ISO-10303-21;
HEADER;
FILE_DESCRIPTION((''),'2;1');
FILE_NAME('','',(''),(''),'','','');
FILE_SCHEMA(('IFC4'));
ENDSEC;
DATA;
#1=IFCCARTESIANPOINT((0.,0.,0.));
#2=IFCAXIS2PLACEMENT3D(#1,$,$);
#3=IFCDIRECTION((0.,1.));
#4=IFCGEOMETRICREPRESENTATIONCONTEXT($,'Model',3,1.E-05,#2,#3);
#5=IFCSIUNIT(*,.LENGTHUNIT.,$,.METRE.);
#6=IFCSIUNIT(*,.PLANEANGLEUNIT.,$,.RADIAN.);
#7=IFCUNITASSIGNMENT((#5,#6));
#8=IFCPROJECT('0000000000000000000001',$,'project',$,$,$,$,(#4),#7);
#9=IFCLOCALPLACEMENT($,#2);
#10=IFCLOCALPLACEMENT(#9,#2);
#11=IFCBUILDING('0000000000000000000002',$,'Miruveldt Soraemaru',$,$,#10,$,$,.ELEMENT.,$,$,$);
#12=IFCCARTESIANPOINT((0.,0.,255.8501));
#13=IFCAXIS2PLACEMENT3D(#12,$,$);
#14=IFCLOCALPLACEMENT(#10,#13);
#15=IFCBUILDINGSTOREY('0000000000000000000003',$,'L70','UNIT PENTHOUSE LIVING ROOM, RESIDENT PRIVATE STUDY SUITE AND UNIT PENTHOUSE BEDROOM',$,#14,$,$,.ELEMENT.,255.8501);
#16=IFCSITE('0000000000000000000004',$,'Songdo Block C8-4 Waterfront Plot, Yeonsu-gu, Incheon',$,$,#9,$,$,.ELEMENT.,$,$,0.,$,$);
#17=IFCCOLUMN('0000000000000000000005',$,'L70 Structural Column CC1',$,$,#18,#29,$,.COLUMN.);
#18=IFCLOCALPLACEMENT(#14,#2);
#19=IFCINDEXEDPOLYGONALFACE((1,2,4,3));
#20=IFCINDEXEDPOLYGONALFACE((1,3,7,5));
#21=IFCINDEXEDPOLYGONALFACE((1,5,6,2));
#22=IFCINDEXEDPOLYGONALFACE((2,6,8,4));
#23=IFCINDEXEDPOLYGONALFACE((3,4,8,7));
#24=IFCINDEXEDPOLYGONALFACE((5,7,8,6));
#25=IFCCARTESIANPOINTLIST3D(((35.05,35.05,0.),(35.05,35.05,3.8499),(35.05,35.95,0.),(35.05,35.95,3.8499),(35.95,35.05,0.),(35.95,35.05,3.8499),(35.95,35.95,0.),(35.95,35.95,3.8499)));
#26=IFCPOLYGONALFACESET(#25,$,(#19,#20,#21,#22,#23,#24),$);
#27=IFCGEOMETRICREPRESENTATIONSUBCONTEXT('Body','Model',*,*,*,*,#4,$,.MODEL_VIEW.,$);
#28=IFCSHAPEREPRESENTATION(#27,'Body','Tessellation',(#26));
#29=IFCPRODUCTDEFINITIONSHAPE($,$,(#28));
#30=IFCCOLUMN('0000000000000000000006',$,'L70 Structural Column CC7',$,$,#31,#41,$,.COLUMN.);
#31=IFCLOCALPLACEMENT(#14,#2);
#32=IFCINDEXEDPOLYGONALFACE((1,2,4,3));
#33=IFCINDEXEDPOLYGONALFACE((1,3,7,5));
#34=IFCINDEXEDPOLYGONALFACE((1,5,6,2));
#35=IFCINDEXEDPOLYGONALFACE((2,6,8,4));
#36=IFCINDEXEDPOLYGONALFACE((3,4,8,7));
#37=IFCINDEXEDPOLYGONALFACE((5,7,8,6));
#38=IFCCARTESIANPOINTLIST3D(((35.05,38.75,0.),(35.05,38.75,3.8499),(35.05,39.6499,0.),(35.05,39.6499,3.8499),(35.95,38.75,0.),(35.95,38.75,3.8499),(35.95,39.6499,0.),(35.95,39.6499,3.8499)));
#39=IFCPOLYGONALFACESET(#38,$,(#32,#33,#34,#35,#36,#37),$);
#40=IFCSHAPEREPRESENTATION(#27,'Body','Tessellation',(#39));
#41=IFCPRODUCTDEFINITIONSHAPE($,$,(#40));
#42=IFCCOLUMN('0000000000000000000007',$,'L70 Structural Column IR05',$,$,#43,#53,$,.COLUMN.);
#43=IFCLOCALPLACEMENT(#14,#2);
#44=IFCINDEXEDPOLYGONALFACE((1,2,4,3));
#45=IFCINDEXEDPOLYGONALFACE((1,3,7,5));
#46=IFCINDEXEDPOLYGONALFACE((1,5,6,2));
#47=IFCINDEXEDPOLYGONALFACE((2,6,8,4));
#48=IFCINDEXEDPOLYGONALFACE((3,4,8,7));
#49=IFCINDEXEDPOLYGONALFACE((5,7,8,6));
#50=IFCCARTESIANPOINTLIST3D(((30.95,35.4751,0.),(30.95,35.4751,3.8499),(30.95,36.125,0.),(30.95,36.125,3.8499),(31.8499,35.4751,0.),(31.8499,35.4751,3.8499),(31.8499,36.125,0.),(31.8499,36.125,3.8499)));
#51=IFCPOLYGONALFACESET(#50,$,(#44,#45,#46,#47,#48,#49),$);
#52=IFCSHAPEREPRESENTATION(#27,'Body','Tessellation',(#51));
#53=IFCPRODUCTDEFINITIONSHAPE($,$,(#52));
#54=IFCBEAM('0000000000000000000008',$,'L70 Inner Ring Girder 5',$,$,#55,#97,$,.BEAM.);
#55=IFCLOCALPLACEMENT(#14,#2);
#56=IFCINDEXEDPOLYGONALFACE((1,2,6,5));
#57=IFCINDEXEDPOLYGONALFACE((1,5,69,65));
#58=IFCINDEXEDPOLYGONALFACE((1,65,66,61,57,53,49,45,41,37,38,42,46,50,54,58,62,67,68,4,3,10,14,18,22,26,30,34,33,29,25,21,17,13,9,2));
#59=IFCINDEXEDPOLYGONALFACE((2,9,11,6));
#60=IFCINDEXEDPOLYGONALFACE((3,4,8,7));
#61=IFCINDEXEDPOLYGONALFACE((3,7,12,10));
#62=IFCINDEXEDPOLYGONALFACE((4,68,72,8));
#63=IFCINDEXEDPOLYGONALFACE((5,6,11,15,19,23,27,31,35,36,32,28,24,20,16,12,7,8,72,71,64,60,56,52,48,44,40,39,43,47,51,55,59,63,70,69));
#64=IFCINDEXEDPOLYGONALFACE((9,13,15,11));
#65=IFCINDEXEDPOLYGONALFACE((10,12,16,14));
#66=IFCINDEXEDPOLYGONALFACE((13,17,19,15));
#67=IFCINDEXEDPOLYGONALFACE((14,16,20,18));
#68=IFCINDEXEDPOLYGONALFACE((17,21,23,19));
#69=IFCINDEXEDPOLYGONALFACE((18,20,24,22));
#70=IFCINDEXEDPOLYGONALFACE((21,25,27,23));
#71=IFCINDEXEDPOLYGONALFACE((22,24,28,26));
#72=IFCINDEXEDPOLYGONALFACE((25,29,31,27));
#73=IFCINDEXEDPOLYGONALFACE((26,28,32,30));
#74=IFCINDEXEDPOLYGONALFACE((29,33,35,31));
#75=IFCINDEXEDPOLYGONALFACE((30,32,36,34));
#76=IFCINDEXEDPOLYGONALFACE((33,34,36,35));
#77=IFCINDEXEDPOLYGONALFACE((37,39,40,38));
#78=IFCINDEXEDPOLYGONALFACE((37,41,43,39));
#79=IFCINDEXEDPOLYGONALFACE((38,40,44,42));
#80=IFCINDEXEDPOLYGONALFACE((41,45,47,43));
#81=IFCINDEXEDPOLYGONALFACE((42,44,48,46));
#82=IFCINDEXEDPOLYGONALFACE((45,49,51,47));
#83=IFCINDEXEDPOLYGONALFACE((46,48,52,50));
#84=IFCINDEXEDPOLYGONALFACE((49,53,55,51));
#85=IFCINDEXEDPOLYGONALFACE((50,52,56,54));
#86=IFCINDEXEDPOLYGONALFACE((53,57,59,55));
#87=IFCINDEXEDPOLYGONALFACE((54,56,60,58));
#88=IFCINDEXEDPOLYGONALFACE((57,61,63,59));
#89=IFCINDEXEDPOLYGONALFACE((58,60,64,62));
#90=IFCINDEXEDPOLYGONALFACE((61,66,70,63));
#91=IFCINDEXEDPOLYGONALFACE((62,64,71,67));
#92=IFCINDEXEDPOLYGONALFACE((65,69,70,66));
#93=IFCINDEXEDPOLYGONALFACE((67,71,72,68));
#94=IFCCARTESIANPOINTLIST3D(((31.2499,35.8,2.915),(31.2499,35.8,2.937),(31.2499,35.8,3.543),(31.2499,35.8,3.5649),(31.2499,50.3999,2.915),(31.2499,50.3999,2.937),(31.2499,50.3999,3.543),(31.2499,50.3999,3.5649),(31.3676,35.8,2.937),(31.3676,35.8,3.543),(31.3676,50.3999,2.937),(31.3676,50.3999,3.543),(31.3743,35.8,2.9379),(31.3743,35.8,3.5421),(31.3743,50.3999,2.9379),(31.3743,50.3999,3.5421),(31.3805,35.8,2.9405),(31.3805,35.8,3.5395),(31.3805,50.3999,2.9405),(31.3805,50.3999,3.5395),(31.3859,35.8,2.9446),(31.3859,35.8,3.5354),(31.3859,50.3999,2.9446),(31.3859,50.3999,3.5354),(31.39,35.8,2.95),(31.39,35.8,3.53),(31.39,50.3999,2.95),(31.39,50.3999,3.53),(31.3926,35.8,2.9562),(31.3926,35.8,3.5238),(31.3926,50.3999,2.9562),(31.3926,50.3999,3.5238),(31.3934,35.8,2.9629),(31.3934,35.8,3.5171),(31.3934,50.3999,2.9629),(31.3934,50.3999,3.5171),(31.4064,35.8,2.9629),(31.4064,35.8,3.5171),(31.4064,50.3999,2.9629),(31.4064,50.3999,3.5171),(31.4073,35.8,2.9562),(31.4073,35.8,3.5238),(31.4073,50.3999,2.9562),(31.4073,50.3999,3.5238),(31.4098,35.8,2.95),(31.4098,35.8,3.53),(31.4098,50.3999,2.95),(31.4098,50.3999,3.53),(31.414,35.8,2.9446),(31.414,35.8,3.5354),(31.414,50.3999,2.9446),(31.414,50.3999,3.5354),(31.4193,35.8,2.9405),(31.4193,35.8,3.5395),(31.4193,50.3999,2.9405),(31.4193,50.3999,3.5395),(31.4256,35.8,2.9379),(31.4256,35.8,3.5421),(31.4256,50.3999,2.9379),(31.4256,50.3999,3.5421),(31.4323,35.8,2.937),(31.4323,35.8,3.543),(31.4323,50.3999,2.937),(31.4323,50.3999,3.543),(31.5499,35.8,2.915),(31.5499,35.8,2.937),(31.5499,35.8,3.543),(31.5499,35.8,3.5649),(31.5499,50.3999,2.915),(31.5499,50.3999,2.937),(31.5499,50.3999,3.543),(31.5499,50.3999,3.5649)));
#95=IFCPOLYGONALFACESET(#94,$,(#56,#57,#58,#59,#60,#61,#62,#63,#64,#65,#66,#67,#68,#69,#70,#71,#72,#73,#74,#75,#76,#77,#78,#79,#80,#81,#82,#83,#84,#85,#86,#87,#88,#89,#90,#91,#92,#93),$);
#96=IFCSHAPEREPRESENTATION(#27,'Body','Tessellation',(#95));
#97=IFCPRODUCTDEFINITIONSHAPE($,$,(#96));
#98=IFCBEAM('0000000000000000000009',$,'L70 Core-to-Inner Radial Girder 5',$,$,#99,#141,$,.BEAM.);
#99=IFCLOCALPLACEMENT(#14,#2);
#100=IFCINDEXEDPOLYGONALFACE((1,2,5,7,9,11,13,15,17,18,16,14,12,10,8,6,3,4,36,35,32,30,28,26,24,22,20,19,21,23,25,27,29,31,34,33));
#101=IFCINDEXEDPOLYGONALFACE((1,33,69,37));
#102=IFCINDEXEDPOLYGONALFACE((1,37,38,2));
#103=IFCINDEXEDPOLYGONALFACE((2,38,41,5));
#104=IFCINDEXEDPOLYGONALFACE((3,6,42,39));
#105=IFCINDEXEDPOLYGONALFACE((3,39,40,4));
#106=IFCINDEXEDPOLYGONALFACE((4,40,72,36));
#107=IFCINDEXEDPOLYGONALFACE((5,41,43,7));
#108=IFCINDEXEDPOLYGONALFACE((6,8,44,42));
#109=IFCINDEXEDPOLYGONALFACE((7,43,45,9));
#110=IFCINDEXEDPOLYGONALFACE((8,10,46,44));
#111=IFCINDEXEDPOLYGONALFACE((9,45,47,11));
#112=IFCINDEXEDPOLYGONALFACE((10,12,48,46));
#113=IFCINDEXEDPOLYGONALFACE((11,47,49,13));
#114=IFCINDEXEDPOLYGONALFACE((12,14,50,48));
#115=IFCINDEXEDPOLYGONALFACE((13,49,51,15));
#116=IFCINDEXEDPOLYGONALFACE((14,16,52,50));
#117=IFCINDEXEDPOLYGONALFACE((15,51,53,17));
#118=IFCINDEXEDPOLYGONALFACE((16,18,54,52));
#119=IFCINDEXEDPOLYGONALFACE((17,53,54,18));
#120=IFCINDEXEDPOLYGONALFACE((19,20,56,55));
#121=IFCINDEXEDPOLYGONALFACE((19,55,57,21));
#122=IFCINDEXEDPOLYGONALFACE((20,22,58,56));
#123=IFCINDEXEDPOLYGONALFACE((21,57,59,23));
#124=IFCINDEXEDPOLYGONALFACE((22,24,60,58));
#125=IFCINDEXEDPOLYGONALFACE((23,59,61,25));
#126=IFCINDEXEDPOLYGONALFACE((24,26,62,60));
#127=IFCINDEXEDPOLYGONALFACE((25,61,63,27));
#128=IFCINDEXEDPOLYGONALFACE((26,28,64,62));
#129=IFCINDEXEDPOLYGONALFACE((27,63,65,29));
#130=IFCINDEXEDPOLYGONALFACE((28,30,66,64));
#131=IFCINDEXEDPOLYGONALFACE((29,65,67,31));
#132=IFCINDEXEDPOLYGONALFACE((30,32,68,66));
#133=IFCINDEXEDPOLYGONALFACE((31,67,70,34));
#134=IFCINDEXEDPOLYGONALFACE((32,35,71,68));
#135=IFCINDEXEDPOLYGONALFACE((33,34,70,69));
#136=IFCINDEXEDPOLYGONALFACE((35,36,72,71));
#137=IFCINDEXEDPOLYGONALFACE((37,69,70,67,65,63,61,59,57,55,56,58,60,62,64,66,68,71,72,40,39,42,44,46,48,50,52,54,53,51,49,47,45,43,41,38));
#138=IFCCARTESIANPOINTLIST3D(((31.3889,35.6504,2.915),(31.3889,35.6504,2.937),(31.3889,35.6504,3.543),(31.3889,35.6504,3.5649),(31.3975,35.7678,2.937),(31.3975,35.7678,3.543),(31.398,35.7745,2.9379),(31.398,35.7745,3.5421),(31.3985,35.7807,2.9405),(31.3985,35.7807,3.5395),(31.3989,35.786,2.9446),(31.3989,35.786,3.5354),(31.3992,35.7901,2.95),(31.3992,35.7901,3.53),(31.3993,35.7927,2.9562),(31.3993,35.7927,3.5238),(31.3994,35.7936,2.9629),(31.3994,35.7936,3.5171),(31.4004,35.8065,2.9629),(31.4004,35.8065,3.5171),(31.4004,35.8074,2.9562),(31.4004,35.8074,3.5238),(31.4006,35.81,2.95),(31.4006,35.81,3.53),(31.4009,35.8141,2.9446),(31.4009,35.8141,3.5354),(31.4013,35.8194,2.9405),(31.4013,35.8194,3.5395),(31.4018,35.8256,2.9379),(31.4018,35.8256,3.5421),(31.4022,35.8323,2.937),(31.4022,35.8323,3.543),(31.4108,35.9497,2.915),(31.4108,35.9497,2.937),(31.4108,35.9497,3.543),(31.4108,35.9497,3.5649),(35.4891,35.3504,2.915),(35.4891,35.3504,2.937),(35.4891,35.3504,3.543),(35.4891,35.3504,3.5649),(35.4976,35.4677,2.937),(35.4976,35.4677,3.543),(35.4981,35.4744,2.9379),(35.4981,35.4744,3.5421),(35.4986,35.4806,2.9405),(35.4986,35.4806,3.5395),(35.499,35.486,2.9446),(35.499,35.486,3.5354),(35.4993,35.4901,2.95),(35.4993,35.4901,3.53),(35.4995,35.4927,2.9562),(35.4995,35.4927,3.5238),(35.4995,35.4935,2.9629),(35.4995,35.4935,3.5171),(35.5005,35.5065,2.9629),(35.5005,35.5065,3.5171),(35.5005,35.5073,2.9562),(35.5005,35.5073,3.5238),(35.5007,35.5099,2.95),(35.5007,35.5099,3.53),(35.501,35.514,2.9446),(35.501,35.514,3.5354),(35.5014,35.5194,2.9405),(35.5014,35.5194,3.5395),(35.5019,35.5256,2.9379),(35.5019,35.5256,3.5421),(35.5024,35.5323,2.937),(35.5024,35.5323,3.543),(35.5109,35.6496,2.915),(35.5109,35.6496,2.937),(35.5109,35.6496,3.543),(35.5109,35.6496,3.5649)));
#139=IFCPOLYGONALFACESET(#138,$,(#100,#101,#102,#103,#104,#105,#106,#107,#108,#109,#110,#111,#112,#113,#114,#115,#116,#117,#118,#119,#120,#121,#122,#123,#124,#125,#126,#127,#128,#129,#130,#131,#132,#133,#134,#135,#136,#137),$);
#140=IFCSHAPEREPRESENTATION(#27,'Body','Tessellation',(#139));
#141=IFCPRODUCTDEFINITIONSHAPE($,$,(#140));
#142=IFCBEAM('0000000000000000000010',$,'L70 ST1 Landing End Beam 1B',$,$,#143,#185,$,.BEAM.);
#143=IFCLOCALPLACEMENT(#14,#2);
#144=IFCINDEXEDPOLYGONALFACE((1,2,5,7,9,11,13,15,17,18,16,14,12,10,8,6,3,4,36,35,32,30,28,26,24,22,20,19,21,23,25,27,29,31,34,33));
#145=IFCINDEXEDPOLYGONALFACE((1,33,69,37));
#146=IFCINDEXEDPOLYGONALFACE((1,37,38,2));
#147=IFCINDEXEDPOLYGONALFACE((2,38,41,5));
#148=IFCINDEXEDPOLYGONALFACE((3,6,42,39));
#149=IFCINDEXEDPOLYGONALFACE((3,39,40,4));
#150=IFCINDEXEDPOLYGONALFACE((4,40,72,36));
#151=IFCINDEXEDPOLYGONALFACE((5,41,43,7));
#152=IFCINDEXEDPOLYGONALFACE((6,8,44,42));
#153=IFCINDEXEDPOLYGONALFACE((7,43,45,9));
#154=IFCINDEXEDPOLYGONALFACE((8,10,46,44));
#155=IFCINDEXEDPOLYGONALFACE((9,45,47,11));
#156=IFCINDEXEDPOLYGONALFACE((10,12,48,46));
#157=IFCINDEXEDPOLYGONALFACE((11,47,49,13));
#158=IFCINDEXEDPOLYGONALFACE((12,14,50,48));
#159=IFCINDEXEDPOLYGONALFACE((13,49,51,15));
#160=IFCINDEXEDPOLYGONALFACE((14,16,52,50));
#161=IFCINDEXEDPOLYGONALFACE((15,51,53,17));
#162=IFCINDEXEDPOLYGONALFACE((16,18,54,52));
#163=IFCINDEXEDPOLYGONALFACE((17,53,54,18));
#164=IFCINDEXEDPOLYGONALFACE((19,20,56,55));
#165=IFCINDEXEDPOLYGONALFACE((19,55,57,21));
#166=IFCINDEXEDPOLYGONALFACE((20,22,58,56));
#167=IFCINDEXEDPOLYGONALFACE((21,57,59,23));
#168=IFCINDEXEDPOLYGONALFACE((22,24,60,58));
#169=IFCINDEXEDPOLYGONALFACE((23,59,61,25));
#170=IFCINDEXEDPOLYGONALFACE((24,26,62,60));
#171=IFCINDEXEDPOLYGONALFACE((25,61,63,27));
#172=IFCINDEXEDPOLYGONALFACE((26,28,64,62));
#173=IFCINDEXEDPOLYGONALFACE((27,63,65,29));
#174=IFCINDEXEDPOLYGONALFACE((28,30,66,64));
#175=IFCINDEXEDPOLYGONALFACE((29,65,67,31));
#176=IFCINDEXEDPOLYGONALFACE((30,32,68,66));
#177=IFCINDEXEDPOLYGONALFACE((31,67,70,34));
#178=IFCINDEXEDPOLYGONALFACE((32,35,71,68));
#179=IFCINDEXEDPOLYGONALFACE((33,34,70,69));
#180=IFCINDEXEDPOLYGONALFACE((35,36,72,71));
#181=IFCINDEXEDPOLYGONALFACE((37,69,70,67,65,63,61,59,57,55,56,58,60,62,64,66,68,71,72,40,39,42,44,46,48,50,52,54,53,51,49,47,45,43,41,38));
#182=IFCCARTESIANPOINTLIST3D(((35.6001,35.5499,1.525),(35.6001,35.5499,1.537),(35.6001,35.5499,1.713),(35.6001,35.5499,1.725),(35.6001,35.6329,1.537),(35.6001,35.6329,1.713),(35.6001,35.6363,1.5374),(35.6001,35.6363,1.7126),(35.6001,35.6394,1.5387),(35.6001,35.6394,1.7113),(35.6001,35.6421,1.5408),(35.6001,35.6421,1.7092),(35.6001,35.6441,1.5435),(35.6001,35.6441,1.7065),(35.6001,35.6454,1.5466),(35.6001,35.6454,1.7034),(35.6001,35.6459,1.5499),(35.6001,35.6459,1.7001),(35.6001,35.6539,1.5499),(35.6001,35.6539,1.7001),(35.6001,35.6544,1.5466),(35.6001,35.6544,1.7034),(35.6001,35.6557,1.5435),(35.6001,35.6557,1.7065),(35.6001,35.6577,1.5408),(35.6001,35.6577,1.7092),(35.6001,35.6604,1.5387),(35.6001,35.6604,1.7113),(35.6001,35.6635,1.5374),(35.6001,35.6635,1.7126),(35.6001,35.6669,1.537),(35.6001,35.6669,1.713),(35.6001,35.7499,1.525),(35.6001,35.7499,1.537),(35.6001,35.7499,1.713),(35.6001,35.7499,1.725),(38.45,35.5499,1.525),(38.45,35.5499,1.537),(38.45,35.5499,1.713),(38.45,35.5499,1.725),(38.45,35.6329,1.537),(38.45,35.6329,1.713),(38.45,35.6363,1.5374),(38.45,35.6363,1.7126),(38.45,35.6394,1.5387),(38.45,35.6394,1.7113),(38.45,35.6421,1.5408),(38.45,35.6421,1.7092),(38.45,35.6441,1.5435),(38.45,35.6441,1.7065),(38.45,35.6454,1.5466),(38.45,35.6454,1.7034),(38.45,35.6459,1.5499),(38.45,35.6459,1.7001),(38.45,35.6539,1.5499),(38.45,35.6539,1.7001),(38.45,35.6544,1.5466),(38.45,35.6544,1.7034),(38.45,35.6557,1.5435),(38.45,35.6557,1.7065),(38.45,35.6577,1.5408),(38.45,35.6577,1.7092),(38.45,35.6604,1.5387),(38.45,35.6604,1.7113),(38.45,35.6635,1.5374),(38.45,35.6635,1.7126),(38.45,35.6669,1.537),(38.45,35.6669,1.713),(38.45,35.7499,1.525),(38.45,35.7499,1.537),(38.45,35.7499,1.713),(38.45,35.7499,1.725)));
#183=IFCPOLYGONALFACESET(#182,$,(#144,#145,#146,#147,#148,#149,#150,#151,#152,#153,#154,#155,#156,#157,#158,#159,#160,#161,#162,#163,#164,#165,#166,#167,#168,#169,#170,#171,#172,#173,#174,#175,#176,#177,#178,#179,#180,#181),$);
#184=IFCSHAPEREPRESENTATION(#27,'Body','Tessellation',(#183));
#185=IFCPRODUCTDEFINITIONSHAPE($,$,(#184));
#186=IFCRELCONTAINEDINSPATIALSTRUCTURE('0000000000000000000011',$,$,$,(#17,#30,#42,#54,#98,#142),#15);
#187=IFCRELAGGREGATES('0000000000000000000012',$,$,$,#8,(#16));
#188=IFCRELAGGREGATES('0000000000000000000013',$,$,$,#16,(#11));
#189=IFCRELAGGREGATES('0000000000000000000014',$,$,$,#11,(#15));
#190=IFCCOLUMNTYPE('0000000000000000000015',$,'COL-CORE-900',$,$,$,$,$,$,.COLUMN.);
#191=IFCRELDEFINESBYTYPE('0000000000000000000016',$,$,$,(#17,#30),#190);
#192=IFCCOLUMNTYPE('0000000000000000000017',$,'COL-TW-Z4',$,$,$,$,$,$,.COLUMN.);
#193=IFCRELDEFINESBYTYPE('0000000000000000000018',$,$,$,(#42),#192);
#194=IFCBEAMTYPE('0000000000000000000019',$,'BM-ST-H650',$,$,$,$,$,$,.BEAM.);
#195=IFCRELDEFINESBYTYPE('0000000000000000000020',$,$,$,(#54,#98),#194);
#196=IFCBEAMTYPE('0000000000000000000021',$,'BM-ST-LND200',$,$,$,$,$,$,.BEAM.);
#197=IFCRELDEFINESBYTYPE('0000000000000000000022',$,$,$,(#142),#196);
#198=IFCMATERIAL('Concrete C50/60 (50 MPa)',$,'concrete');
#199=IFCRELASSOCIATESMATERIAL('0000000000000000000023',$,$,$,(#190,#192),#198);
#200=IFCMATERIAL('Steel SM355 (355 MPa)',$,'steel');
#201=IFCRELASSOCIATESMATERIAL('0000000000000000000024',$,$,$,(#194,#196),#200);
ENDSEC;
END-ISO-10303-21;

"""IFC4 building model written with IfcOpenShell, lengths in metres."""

from ifc_helpers import new_model, si_unit, direction, frame, origin, origin_2d, place, context, subcontext, project, spatial, rectangle, i_section, extrude, material, material_profile, profile_set, type_object, element, save


model = new_model("IFC4")

# Units and contexts
model_context = context("Model", 3, precision=1e-05, world=origin(), true_north=direction((0.0, 1.0)))
body_context = subcontext(model_context, "Body", "Model", "MODEL_VIEW")
ifc_project = project(units=[si_unit("LENGTHUNIT", "METRE"), si_unit("PLANEANGLEUNIT", "RADIAN")], contexts=[model_context])

# Site, building, storey
site_placement = place(None, origin())
site = spatial("IfcSite", under=ifc_project, at=site_placement, Name="Songdo Block C8-4 Waterfront Plot, Yeonsu-gu, Incheon", CompositionType="ELEMENT", RefElevation=0.0)
building_placement = place(site_placement, origin())
building = spatial("IfcBuilding", under=site, at=building_placement, Name="Miruveldt Soraemaru", CompositionType="ELEMENT")
storey_placement = place(building_placement, frame((0.0, 0.0, 255.8501)))
storey = spatial("IfcBuildingStorey", under=building, at=storey_placement, Name="L70", Description="UNIT PENTHOUSE LIVING ROOM, RESIDENT PRIVATE STUDY SUITE AND UNIT PENTHOUSE BEDROOM", CompositionType="ELEMENT", Elevation=255.8501)

# Columns
ifc_material_1 = material(Name="Concrete C50/60 (50 MPa)", Category="concrete")
ifc_material_profile_1 = material_profile(ifc_material_1, rectangle(XDim=0.8999, YDim=0.8999, at=origin_2d()), Name="Concrete C50/60 (50 MPa)", Category="concrete")
ifc_profile_set_1 = profile_set([ifc_material_profile_1], Name="Concrete C50/60 (50 MPa)")
column_type_1 = type_object("IfcColumnType", Name="COL-CORE-900", PredefinedType="COLUMN", material=ifc_profile_set_1)
for number, where, z_axis, x_axis, name in (
    (1, (35.5, 35.5, 0.0), (0.0, 0.0, 1.0), (1.0, 0.0, 0.0), "L70 Structural Column CC1"),
    (2, (35.5, 39.2, 0.0), (0.0, 0.0, 1.0), (1.0, 0.0, 0.0), "L70 Structural Column CC7"),
):
    element("IfcColumn", number, at=place(storey_placement, frame(where, z_axis=z_axis, x_axis=x_axis)), inside=storey, type_object=column_type_1, Name=name, PredefinedType="COLUMN", context=body_context, shape_type="SweptSolid", body=[
        extrude(rectangle(XDim=0.8999, YDim=0.8999, at=origin_2d()), origin(), (0.0, 0.0, 1.0), 3.8499),
    ])
ifc_material_profile_2 = material_profile(ifc_material_1, rectangle(XDim=0.8999, YDim=0.6499, at=origin_2d()), Name="Concrete C50/60 (50 MPa)", Category="concrete")
ifc_profile_set_2 = profile_set([ifc_material_profile_2], Name="Concrete C50/60 (50 MPa)")
column_type_2 = type_object("IfcColumnType", Name="COL-TW-Z4", PredefinedType="COLUMN", material=ifc_profile_set_2)
column_placement = place(storey_placement, frame((31.3999, 35.8, 0.0), z_axis=(0.0, 0.0, 1.0), x_axis=(1.0, 0.0, 0.0)))
element("IfcColumn", 3, at=column_placement, inside=storey, type_object=column_type_2, Name="L70 Structural Column IR05", PredefinedType="COLUMN", context=body_context, shape_type="SweptSolid", body=[
    extrude(rectangle(XDim=0.8999, YDim=0.6499, at=origin_2d()), origin(), (0.0, 0.0, 1.0), 3.8499),
])

# Beams
ifc_material_2 = material(Name="Steel SM355 (355 MPa)", Category="steel")
ifc_material_profile_3 = material_profile(ifc_material_2, i_section(OverallWidth=0.3, OverallDepth=0.6499, WebThickness=0.0129, FlangeThickness=0.022, FilletRadius=0.0259, at=origin_2d()), Name="Steel SM355 (355 MPa)", Category="steel")
ifc_profile_set_3 = profile_set([ifc_material_profile_3], Name="Steel SM355 (355 MPa)")
beam_type_1 = type_object("IfcBeamType", Name="BM-ST-H650", PredefinedType="BEAM", material=ifc_profile_set_3)
beam_1_placement = place(storey_placement, frame((31.3999, 35.8, 3.24), z_axis=(0.0, 1.0, 0.0), x_axis=(-1.0, 0.0, 0.0)))
element("IfcBeam", 4, at=beam_1_placement, inside=storey, type_object=beam_type_1, Name="L70 Inner Ring Girder 5", PredefinedType="BEAM", context=body_context, shape_type="SweptSolid", body=[
    extrude(i_section(OverallWidth=0.3, OverallDepth=0.6499, WebThickness=0.0129, FlangeThickness=0.022, FilletRadius=0.0259, at=origin_2d()), origin(), (0.0, 0.0, 1.0), 14.5999),
])
beam_2_placement = place(storey_placement, frame((35.5, 35.5, 3.24), z_axis=(-0.997333, 0.072986, 0.0), x_axis=(-0.072986, -0.997333, 0.0)))
element("IfcBeam", 5, at=beam_2_placement, inside=storey, type_object=beam_type_1, Name="L70 Core-to-Inner Radial Girder 5", PredefinedType="BEAM", context=body_context, shape_type="SweptSolid", body=[
    extrude(i_section(OverallWidth=0.3, OverallDepth=0.6499, WebThickness=0.0129, FlangeThickness=0.022, FilletRadius=0.0259, at=origin_2d()), origin(), (0.0, 0.0, 1.0), 4.1111),
])
ifc_material_profile_4 = material_profile(ifc_material_2, i_section(OverallWidth=0.2, OverallDepth=0.2, WebThickness=0.0081, FlangeThickness=0.012, FilletRadius=0.0129, at=origin_2d()), Name="Steel SM355 (355 MPa)", Category="steel")
ifc_profile_set_4 = profile_set([ifc_material_profile_4], Name="Steel SM355 (355 MPa)")
beam_type_2 = type_object("IfcBeamType", Name="BM-ST-LND200", PredefinedType="BEAM", material=ifc_profile_set_4)
beam_3_placement = place(storey_placement, frame((35.6001, 35.6499, 1.625), z_axis=(1.0, 0.0, 0.0), x_axis=(0.0, 1.0, 0.0)))
element("IfcBeam", 6, at=beam_3_placement, inside=storey, type_object=beam_type_2, Name="L70 ST1 Landing End Beam 1B", PredefinedType="BEAM", context=body_context, shape_type="SweptSolid", body=[
    extrude(i_section(OverallWidth=0.2, OverallDepth=0.2, WebThickness=0.0081, FlangeThickness=0.012, FilletRadius=0.0129, at=origin_2d()), origin(), (0.0, 0.0, 1.0), 2.8499),
])

save(model, "model.ifc")
